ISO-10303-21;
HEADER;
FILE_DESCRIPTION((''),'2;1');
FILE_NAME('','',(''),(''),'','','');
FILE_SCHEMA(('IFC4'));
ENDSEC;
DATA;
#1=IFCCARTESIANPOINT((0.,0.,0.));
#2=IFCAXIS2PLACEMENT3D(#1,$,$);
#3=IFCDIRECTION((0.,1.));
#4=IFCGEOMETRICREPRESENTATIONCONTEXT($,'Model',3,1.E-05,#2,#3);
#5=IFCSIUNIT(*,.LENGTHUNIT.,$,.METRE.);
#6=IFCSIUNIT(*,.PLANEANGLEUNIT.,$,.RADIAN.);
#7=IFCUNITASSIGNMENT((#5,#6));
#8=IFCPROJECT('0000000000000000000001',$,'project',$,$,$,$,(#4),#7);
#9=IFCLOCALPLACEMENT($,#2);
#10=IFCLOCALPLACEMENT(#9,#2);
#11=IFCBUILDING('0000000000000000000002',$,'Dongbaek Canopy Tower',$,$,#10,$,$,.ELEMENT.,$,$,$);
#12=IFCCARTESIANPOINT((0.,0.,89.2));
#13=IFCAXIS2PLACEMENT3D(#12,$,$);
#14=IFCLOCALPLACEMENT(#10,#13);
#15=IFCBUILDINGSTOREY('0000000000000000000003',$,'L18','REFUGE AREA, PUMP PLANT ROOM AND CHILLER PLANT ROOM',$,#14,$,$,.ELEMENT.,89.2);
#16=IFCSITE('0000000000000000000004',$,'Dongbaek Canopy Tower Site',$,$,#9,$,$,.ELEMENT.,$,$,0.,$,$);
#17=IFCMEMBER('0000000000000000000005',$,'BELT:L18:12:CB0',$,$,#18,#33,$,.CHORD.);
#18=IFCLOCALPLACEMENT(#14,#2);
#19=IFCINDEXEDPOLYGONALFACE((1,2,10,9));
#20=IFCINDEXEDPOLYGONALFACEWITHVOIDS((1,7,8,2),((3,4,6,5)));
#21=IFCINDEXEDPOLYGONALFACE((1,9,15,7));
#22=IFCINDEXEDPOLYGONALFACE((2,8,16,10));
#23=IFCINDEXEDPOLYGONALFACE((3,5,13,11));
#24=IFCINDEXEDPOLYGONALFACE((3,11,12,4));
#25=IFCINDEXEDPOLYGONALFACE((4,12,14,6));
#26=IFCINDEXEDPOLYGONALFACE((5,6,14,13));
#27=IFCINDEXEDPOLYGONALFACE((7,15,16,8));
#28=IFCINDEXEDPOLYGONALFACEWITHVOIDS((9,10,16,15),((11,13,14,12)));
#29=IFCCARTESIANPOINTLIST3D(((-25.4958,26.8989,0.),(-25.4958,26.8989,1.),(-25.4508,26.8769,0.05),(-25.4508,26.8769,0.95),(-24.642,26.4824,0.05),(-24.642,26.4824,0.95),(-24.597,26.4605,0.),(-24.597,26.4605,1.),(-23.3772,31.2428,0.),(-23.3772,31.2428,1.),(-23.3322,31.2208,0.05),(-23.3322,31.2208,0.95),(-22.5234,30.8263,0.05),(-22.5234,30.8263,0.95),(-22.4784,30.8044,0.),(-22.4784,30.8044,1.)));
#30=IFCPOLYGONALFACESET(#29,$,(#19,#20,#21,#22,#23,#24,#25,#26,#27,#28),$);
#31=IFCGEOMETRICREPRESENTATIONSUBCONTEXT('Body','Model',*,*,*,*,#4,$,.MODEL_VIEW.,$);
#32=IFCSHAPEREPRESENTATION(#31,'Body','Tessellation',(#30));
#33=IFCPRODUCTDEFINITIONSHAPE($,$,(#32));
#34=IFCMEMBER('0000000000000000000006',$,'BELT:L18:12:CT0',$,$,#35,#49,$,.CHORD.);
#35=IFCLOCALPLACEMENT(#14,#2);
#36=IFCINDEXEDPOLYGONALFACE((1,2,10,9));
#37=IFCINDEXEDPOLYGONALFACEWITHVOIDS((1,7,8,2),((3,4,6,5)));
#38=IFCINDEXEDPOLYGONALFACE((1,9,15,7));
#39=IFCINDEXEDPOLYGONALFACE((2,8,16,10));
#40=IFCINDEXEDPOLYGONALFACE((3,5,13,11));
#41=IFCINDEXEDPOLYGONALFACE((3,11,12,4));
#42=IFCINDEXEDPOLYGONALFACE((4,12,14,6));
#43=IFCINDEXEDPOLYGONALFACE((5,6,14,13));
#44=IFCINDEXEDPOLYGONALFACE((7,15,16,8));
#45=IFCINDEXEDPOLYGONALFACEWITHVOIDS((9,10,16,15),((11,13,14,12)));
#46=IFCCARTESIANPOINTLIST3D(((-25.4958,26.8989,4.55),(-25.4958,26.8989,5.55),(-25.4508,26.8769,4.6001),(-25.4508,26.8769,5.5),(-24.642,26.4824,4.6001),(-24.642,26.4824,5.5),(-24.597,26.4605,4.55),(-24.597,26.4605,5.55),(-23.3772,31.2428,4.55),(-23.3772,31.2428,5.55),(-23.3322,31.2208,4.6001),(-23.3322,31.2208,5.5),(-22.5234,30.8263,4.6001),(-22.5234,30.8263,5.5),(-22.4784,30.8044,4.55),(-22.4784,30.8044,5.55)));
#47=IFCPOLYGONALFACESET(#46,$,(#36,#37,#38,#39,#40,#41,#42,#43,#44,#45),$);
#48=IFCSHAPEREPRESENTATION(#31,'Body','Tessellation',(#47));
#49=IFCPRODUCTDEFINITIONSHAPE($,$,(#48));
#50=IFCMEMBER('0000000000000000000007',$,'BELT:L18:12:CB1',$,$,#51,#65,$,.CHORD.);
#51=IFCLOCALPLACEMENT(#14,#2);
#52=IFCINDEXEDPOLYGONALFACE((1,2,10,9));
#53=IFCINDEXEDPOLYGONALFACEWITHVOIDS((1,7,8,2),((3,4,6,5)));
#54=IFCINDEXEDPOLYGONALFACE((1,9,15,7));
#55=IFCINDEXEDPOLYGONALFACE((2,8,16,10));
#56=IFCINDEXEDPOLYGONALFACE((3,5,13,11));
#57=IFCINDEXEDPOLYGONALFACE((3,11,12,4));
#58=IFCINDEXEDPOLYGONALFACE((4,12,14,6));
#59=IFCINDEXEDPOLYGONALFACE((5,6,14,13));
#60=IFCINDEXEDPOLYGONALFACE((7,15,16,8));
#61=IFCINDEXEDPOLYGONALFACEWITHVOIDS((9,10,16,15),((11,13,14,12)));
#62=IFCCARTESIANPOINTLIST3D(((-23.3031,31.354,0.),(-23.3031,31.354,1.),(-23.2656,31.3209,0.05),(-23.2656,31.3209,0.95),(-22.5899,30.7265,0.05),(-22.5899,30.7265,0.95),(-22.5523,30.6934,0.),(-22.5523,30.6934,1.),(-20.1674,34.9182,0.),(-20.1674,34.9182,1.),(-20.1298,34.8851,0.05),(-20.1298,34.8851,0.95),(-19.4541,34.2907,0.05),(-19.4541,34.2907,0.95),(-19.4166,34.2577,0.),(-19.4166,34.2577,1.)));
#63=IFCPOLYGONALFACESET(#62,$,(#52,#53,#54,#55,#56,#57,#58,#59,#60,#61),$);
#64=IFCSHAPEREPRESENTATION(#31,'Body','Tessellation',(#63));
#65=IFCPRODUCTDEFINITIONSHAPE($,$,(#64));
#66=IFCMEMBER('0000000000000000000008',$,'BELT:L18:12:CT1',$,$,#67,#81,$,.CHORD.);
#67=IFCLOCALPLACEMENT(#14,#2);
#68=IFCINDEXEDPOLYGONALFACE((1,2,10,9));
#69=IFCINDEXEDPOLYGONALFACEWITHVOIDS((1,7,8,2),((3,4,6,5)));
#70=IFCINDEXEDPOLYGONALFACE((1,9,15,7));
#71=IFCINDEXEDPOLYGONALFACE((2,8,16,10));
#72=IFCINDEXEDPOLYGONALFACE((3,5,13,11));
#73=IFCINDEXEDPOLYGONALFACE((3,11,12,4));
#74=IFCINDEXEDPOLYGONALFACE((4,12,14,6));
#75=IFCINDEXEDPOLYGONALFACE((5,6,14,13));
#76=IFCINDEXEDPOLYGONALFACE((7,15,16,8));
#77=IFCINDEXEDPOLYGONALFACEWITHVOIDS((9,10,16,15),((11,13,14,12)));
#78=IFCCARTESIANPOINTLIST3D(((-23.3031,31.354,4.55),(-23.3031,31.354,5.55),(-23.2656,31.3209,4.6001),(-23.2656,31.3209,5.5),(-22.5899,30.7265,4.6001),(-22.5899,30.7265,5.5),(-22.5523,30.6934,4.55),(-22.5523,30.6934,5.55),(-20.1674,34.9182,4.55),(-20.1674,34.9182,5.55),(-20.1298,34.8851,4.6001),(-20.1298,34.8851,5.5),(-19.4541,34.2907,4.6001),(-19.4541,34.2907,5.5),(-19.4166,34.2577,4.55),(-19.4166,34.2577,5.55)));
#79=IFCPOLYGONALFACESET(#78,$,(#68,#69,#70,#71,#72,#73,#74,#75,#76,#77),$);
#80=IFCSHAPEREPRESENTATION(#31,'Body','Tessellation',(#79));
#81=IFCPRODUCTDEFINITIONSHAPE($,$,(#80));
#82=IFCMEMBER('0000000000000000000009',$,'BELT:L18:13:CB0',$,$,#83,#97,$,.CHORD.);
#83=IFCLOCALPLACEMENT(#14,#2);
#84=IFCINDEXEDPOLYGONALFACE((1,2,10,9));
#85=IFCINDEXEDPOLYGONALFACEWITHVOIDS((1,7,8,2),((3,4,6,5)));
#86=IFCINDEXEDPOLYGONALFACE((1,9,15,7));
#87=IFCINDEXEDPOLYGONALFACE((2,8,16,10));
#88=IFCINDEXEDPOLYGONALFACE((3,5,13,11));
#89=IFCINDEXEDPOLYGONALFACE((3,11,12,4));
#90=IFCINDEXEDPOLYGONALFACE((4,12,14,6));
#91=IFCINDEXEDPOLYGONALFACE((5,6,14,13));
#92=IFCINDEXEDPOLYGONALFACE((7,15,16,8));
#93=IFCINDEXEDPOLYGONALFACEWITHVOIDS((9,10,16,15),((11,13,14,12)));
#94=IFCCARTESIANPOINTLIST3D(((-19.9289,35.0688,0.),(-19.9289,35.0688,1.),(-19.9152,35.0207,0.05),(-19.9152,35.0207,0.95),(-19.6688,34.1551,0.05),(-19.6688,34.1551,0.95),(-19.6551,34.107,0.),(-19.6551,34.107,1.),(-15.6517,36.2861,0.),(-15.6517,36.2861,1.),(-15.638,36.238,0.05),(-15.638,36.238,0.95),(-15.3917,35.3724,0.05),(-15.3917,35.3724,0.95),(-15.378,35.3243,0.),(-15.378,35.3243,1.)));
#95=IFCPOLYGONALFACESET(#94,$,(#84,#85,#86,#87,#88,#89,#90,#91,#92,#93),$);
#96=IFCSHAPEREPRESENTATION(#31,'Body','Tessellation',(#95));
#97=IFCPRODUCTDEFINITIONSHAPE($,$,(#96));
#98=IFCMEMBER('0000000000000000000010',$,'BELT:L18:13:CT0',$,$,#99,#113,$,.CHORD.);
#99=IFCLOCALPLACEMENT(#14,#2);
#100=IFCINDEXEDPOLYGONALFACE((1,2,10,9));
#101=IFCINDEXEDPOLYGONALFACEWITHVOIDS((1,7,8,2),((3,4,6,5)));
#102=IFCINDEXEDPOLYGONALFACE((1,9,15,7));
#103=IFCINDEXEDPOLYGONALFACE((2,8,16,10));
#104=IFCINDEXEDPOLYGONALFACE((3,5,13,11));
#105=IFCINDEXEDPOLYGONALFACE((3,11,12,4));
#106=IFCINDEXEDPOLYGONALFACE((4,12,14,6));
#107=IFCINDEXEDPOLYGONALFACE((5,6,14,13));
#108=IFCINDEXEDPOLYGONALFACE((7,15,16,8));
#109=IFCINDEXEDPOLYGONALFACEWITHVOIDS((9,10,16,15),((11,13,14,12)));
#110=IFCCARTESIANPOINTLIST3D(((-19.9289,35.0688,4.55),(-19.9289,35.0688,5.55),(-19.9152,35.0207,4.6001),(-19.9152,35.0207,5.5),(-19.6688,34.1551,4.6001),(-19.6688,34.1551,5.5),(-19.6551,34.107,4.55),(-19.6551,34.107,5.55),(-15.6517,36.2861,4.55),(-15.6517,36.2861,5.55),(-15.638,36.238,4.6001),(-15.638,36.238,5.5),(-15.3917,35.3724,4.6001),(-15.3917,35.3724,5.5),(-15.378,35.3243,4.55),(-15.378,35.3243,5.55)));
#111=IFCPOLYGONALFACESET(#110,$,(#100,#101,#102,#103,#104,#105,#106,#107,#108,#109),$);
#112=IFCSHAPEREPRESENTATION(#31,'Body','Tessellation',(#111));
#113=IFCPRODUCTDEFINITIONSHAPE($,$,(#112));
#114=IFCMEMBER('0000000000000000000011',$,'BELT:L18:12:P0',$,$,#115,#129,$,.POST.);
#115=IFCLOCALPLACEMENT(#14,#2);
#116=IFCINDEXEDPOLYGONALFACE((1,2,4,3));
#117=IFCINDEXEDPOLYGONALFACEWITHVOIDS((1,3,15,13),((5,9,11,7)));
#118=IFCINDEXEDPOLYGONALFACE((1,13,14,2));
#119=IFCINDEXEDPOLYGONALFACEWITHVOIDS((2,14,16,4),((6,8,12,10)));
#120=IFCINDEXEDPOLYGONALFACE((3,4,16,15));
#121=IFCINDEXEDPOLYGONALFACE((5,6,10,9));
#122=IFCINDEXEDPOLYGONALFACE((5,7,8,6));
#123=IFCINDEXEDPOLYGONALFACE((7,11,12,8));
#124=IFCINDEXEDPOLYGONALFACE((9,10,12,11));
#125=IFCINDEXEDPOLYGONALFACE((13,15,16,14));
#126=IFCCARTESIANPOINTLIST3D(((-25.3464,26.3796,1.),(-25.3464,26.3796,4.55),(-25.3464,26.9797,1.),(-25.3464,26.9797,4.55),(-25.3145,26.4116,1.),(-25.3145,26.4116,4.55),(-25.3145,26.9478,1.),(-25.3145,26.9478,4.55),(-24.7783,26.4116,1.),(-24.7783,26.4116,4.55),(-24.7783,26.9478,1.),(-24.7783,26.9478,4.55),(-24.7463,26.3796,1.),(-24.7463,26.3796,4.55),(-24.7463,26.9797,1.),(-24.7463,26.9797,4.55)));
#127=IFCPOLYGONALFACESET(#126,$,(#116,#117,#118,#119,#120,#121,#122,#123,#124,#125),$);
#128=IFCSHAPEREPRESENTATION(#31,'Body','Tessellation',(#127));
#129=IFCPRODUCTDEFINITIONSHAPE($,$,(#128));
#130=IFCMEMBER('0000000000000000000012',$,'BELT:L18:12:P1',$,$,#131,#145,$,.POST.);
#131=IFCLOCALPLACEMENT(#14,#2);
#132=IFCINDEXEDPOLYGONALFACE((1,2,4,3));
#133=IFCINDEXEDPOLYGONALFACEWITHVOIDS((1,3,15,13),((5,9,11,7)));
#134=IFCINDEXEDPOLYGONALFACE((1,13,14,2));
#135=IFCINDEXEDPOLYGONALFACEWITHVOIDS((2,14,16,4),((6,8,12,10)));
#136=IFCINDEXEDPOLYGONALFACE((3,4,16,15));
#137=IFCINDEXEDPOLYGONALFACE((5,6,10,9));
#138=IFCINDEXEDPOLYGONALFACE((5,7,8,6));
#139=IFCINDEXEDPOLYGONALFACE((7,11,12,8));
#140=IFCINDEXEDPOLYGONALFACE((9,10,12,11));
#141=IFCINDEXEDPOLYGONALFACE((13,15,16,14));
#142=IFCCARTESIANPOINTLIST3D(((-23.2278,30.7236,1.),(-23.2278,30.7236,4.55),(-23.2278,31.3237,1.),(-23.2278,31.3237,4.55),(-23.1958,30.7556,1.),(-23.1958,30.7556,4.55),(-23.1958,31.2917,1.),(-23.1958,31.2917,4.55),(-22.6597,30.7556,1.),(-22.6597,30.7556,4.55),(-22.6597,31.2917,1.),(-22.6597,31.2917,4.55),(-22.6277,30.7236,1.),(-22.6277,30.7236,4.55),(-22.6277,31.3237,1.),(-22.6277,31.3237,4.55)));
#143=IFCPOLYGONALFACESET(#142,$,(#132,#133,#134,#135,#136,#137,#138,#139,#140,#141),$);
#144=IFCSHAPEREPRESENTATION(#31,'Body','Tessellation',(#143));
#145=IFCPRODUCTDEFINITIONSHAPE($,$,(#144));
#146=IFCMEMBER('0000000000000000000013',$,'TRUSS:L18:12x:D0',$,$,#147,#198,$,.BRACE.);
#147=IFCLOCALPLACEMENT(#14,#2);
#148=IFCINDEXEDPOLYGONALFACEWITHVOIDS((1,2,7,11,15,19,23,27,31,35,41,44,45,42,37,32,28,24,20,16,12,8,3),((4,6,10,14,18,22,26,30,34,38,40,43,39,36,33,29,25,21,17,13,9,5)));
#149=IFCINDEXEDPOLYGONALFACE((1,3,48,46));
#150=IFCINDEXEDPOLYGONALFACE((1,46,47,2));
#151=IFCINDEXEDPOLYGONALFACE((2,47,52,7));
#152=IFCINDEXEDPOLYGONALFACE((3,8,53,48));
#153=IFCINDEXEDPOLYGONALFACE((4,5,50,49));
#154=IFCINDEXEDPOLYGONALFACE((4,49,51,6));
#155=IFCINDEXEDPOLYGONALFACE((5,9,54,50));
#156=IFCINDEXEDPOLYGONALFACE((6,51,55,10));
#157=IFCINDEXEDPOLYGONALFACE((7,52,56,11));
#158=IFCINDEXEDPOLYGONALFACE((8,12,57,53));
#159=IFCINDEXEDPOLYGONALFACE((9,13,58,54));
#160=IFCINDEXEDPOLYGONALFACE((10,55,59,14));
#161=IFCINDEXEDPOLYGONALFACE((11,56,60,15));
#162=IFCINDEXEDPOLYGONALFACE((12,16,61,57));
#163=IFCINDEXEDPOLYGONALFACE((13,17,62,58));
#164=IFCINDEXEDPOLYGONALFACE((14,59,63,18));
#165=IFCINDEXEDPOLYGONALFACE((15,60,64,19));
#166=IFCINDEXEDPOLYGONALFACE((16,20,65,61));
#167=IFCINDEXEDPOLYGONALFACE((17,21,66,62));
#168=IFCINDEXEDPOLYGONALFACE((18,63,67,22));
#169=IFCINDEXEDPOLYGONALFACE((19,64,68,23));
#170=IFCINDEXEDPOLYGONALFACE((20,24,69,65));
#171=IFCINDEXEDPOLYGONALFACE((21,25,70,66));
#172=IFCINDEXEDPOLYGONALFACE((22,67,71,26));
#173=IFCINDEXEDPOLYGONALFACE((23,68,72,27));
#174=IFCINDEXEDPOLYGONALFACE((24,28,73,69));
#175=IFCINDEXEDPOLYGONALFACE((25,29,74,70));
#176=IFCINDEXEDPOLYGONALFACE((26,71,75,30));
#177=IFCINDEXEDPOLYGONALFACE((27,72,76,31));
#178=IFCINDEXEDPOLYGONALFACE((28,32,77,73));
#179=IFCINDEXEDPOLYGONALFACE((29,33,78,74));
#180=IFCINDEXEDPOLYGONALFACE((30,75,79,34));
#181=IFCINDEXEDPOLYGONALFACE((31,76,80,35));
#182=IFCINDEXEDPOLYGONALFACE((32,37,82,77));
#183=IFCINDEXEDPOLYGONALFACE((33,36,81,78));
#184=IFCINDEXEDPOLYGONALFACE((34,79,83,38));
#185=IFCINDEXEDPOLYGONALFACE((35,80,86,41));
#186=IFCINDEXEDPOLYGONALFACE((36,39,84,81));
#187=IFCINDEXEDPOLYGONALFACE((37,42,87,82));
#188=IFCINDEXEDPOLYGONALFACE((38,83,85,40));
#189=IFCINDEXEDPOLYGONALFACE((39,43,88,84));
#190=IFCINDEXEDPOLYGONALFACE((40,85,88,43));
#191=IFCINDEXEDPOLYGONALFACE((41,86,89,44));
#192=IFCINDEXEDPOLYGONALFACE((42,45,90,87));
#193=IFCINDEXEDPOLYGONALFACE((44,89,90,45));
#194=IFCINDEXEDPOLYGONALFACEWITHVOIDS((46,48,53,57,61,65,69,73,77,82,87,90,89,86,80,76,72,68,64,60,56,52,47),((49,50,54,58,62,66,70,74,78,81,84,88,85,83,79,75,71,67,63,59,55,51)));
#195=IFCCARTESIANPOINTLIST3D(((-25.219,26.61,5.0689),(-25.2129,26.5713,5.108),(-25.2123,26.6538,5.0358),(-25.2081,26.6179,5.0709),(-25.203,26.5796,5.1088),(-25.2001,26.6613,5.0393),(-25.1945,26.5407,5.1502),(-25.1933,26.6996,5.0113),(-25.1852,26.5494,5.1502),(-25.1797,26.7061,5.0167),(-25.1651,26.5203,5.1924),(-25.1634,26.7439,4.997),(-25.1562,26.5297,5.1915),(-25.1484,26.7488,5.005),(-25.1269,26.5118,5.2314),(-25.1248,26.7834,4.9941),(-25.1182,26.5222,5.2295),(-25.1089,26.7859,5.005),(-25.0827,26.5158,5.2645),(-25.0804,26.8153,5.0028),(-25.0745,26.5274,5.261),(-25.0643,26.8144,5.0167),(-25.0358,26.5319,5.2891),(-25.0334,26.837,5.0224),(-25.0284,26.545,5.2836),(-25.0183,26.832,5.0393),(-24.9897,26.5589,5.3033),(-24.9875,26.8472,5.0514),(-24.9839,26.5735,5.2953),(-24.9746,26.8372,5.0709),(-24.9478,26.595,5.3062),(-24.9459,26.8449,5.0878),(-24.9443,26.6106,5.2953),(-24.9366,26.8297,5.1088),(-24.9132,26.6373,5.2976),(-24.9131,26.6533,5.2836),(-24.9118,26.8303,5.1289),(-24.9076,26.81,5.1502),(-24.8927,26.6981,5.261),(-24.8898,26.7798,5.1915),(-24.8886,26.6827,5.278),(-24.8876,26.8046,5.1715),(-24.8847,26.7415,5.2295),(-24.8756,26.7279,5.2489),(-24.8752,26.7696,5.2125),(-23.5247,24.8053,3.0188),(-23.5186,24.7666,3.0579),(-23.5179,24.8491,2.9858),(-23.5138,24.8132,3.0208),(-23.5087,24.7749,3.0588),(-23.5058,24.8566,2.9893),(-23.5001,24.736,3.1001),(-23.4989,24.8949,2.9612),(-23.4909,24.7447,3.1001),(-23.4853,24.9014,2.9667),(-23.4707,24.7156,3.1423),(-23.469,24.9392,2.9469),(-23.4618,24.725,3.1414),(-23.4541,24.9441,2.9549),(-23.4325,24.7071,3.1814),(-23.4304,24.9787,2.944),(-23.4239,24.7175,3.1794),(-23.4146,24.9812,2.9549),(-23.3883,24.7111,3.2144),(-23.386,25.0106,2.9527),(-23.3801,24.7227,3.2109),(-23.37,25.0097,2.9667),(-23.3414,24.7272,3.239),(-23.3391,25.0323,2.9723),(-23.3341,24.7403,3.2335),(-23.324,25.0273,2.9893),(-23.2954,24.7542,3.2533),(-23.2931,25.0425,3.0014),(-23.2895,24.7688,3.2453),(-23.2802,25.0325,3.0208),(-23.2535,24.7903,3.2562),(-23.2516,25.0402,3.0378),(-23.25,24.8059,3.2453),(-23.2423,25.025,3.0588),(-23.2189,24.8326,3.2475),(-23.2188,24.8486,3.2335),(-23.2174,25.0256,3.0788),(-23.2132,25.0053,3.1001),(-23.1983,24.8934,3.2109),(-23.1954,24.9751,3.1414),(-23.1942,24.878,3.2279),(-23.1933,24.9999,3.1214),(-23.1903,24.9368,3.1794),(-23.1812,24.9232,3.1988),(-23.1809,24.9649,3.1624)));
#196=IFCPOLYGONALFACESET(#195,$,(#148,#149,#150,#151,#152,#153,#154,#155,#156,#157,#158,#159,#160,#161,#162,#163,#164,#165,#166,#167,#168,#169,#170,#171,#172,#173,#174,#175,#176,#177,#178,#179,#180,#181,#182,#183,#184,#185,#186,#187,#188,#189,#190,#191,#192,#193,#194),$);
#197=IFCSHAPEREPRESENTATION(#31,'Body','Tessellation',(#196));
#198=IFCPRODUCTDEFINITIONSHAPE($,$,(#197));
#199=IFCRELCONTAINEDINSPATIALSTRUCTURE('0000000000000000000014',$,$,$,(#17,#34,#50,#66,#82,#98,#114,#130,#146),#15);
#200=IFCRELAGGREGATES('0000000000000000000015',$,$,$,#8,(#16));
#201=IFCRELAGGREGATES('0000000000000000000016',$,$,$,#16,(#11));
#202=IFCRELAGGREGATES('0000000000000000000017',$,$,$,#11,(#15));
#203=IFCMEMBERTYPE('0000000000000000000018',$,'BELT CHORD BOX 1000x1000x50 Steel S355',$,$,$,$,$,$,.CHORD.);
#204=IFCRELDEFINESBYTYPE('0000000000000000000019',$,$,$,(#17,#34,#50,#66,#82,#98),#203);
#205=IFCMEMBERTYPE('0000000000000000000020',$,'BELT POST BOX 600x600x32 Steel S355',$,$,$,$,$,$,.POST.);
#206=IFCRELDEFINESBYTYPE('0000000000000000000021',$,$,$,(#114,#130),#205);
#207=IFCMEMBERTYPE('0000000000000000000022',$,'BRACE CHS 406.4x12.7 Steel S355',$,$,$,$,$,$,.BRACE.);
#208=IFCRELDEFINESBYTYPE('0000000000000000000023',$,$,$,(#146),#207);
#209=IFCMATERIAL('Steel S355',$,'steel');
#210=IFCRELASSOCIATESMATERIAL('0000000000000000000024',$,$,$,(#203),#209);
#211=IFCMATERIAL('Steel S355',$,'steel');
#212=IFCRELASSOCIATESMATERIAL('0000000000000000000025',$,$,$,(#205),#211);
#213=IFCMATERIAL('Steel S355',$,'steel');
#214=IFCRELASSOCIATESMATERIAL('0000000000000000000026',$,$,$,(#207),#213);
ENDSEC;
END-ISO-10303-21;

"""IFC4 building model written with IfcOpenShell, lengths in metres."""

from ifc_helpers import new_model, si_unit, direction, frame, origin, origin_2d, place, context, subcontext, project, spatial, hollow_rectangle, hollow_circle, extrude, material, material_profile, profile_set, type_object, element, save


model = new_model("IFC4")

# Units and contexts
model_context = context("Model", 3, precision=1e-05, world=origin(), true_north=direction((0.0, 1.0)))
body_context = subcontext(model_context, "Body", "Model", "MODEL_VIEW")
ifc_project = project(units=[si_unit("LENGTHUNIT", "METRE"), si_unit("PLANEANGLEUNIT", "RADIAN")], contexts=[model_context])

# Site, building, storey
site_placement = place(None, origin())
site = spatial("IfcSite", under=ifc_project, at=site_placement, Name="Dongbaek Canopy Tower Site", CompositionType="ELEMENT", RefElevation=0.0)
building_placement = place(site_placement, origin())
building = spatial("IfcBuilding", under=site, at=building_placement, Name="Dongbaek Canopy Tower", CompositionType="ELEMENT")
storey_placement = place(building_placement, frame((0.0, 0.0, 89.2)))
storey = spatial("IfcBuildingStorey", under=building, at=storey_placement, Name="L18", Description="REFUGE AREA, PUMP PLANT ROOM AND CHILLER PLANT ROOM", CompositionType="ELEMENT", Elevation=89.2)

# Members
ifc_material_1 = material(Name="Steel S355", Category="steel")
ifc_material_profile_1 = material_profile(ifc_material_1, hollow_rectangle(XDim=1.0, YDim=1.0, WallThickness=0.05, at=origin_2d()), Name="BELT CHORD BOX 1000x1000x50 Steel S355")
ifc_profile_set_1 = profile_set([ifc_material_profile_1], Name="Steel S355")
member_type_1 = type_object("IfcMemberType", Name="BELT CHORD BOX 1000x1000x50 Steel S355", PredefinedType="CHORD", material=ifc_profile_set_1)
for number, where, z_axis, x_axis, name in (
    (1, (-25.0464, 26.6797, 0.5), (0.438362, 0.898799, 0.0), (-0.898799, 0.438362, 0.0), "BELT:L18:12:CB0"),
    (2, (-25.0464, 26.6797, 5.05), (0.438362, 0.898799, 0.0), (-0.898799, 0.438362, 0.0), "BELT:L18:12:CT0"),
):
    element("IfcMember", number, at=place(storey_placement, frame(where, z_axis=z_axis, x_axis=x_axis)), inside=storey, type_object=member_type_1, Name=name, PredefinedType="CHORD", context=body_context, shape_type="SweptSolid", body=[
        extrude(hollow_rectangle(XDim=1.0, YDim=1.0, WallThickness=0.05, at=origin_2d()), origin(), (0.0, 0.0, 1.0), 4.833),
    ])
for number, where, z_axis, x_axis, name in (
    (3, (-22.9277, 31.0237, 0.5), (0.660537, 0.750793, 0.0), (-0.750793, 0.660537, 0.0), "BELT:L18:12:CB1"),
    (4, (-22.9277, 31.0237, 5.05), (0.660537, 0.750793, 0.0), (-0.750793, 0.660537, 0.0), "BELT:L18:12:CT1"),
):
    element("IfcMember", number, at=place(storey_placement, frame(where, z_axis=z_axis, x_axis=x_axis)), inside=storey, type_object=member_type_1, Name=name, PredefinedType="CHORD", context=body_context, shape_type="SweptSolid", body=[
        extrude(hollow_rectangle(XDim=1.0, YDim=1.0, WallThickness=0.05, at=origin_2d()), origin(), (0.0, 0.0, 1.0), 4.7473),
    ])
for number, where, z_axis, x_axis, name in (
    (5, (-19.792, 34.5879, 0.5), (0.961805, 0.273735, 0.0), (-0.273735, 0.961805, 0.0), "BELT:L18:13:CB0"),
    (6, (-19.792, 34.5879, 5.05), (0.961805, 0.273735, 0.0), (-0.273735, 0.961805, 0.0), "BELT:L18:13:CT0"),
):
    element("IfcMember", number, at=place(storey_placement, frame(where, z_axis=z_axis, x_axis=x_axis)), inside=storey, type_object=member_type_1, Name=name, PredefinedType="CHORD", context=body_context, shape_type="SweptSolid", body=[
        extrude(hollow_rectangle(XDim=1.0, YDim=1.0, WallThickness=0.05, at=origin_2d()), origin(), (0.0, 0.0, 1.0), 4.447),
    ])
ifc_material_2 = material(Name="Steel S355", Category="steel")
ifc_material_profile_2 = material_profile(ifc_material_2, hollow_rectangle(XDim=0.6001, YDim=0.6001, WallThickness=0.032, at=origin_2d()), Name="BELT POST BOX 600x600x32 Steel S355")
ifc_profile_set_2 = profile_set([ifc_material_profile_2], Name="Steel S355")
member_type_2 = type_object("IfcMemberType", Name="BELT POST BOX 600x600x32 Steel S355", PredefinedType="POST", material=ifc_profile_set_2)
for number, where, z_axis, x_axis, name in (
    (7, (-25.0464, 26.6797, 1.0), (0.0, 0.0, 1.0), (1.0, 0.0, 0.0), "BELT:L18:12:P0"),
    (8, (-22.9277, 31.0237, 1.0), (0.0, 0.0, 1.0), (1.0, 0.0, 0.0), "BELT:L18:12:P1"),
):
    element("IfcMember", number, at=place(storey_placement, frame(where, z_axis=z_axis, x_axis=x_axis)), inside=storey, type_object=member_type_2, Name=name, PredefinedType="POST", context=body_context, shape_type="SweptSolid", body=[
        extrude(hollow_rectangle(XDim=0.6001, YDim=0.6001, WallThickness=0.032, at=origin_2d()), origin(), (0.0, 0.0, 1.0), 3.55),
    ])
ifc_material_3 = material(Name="Steel S355", Category="steel")
ifc_material_profile_3 = material_profile(ifc_material_3, hollow_circle(Radius=0.2031, WallThickness=0.0127, at=origin_2d()), Name="BRACE CHS 406.4x12.7 Steel S355")
ifc_profile_set_3 = profile_set([ifc_material_profile_3], Name="Steel S355")
member_type_3 = type_object("IfcMemberType", Name="BRACE CHS 406.4x12.7 Steel S355", PredefinedType="BRACE", material=ifc_profile_set_3)
member_1_placement = place(storey_placement, frame((-23.3521, 24.875, 3.1001), z_axis=(-0.527159, 0.561493, 0.637832), x_axis=(-0.729045, -0.684466, 0.0)))
element("IfcMember", 9, at=member_1_placement, inside=storey, type_object=member_type_3, Name="TRUSS:L18:12x:D0", PredefinedType="BRACE", context=body_context, shape_type="SweptSolid", body=[
    extrude(hollow_circle(Radius=0.2031, WallThickness=0.0127, at=origin_2d()), origin(), (0.0, 0.0, 1.0), 3.2141),
])

save(model, "model.ifc")
